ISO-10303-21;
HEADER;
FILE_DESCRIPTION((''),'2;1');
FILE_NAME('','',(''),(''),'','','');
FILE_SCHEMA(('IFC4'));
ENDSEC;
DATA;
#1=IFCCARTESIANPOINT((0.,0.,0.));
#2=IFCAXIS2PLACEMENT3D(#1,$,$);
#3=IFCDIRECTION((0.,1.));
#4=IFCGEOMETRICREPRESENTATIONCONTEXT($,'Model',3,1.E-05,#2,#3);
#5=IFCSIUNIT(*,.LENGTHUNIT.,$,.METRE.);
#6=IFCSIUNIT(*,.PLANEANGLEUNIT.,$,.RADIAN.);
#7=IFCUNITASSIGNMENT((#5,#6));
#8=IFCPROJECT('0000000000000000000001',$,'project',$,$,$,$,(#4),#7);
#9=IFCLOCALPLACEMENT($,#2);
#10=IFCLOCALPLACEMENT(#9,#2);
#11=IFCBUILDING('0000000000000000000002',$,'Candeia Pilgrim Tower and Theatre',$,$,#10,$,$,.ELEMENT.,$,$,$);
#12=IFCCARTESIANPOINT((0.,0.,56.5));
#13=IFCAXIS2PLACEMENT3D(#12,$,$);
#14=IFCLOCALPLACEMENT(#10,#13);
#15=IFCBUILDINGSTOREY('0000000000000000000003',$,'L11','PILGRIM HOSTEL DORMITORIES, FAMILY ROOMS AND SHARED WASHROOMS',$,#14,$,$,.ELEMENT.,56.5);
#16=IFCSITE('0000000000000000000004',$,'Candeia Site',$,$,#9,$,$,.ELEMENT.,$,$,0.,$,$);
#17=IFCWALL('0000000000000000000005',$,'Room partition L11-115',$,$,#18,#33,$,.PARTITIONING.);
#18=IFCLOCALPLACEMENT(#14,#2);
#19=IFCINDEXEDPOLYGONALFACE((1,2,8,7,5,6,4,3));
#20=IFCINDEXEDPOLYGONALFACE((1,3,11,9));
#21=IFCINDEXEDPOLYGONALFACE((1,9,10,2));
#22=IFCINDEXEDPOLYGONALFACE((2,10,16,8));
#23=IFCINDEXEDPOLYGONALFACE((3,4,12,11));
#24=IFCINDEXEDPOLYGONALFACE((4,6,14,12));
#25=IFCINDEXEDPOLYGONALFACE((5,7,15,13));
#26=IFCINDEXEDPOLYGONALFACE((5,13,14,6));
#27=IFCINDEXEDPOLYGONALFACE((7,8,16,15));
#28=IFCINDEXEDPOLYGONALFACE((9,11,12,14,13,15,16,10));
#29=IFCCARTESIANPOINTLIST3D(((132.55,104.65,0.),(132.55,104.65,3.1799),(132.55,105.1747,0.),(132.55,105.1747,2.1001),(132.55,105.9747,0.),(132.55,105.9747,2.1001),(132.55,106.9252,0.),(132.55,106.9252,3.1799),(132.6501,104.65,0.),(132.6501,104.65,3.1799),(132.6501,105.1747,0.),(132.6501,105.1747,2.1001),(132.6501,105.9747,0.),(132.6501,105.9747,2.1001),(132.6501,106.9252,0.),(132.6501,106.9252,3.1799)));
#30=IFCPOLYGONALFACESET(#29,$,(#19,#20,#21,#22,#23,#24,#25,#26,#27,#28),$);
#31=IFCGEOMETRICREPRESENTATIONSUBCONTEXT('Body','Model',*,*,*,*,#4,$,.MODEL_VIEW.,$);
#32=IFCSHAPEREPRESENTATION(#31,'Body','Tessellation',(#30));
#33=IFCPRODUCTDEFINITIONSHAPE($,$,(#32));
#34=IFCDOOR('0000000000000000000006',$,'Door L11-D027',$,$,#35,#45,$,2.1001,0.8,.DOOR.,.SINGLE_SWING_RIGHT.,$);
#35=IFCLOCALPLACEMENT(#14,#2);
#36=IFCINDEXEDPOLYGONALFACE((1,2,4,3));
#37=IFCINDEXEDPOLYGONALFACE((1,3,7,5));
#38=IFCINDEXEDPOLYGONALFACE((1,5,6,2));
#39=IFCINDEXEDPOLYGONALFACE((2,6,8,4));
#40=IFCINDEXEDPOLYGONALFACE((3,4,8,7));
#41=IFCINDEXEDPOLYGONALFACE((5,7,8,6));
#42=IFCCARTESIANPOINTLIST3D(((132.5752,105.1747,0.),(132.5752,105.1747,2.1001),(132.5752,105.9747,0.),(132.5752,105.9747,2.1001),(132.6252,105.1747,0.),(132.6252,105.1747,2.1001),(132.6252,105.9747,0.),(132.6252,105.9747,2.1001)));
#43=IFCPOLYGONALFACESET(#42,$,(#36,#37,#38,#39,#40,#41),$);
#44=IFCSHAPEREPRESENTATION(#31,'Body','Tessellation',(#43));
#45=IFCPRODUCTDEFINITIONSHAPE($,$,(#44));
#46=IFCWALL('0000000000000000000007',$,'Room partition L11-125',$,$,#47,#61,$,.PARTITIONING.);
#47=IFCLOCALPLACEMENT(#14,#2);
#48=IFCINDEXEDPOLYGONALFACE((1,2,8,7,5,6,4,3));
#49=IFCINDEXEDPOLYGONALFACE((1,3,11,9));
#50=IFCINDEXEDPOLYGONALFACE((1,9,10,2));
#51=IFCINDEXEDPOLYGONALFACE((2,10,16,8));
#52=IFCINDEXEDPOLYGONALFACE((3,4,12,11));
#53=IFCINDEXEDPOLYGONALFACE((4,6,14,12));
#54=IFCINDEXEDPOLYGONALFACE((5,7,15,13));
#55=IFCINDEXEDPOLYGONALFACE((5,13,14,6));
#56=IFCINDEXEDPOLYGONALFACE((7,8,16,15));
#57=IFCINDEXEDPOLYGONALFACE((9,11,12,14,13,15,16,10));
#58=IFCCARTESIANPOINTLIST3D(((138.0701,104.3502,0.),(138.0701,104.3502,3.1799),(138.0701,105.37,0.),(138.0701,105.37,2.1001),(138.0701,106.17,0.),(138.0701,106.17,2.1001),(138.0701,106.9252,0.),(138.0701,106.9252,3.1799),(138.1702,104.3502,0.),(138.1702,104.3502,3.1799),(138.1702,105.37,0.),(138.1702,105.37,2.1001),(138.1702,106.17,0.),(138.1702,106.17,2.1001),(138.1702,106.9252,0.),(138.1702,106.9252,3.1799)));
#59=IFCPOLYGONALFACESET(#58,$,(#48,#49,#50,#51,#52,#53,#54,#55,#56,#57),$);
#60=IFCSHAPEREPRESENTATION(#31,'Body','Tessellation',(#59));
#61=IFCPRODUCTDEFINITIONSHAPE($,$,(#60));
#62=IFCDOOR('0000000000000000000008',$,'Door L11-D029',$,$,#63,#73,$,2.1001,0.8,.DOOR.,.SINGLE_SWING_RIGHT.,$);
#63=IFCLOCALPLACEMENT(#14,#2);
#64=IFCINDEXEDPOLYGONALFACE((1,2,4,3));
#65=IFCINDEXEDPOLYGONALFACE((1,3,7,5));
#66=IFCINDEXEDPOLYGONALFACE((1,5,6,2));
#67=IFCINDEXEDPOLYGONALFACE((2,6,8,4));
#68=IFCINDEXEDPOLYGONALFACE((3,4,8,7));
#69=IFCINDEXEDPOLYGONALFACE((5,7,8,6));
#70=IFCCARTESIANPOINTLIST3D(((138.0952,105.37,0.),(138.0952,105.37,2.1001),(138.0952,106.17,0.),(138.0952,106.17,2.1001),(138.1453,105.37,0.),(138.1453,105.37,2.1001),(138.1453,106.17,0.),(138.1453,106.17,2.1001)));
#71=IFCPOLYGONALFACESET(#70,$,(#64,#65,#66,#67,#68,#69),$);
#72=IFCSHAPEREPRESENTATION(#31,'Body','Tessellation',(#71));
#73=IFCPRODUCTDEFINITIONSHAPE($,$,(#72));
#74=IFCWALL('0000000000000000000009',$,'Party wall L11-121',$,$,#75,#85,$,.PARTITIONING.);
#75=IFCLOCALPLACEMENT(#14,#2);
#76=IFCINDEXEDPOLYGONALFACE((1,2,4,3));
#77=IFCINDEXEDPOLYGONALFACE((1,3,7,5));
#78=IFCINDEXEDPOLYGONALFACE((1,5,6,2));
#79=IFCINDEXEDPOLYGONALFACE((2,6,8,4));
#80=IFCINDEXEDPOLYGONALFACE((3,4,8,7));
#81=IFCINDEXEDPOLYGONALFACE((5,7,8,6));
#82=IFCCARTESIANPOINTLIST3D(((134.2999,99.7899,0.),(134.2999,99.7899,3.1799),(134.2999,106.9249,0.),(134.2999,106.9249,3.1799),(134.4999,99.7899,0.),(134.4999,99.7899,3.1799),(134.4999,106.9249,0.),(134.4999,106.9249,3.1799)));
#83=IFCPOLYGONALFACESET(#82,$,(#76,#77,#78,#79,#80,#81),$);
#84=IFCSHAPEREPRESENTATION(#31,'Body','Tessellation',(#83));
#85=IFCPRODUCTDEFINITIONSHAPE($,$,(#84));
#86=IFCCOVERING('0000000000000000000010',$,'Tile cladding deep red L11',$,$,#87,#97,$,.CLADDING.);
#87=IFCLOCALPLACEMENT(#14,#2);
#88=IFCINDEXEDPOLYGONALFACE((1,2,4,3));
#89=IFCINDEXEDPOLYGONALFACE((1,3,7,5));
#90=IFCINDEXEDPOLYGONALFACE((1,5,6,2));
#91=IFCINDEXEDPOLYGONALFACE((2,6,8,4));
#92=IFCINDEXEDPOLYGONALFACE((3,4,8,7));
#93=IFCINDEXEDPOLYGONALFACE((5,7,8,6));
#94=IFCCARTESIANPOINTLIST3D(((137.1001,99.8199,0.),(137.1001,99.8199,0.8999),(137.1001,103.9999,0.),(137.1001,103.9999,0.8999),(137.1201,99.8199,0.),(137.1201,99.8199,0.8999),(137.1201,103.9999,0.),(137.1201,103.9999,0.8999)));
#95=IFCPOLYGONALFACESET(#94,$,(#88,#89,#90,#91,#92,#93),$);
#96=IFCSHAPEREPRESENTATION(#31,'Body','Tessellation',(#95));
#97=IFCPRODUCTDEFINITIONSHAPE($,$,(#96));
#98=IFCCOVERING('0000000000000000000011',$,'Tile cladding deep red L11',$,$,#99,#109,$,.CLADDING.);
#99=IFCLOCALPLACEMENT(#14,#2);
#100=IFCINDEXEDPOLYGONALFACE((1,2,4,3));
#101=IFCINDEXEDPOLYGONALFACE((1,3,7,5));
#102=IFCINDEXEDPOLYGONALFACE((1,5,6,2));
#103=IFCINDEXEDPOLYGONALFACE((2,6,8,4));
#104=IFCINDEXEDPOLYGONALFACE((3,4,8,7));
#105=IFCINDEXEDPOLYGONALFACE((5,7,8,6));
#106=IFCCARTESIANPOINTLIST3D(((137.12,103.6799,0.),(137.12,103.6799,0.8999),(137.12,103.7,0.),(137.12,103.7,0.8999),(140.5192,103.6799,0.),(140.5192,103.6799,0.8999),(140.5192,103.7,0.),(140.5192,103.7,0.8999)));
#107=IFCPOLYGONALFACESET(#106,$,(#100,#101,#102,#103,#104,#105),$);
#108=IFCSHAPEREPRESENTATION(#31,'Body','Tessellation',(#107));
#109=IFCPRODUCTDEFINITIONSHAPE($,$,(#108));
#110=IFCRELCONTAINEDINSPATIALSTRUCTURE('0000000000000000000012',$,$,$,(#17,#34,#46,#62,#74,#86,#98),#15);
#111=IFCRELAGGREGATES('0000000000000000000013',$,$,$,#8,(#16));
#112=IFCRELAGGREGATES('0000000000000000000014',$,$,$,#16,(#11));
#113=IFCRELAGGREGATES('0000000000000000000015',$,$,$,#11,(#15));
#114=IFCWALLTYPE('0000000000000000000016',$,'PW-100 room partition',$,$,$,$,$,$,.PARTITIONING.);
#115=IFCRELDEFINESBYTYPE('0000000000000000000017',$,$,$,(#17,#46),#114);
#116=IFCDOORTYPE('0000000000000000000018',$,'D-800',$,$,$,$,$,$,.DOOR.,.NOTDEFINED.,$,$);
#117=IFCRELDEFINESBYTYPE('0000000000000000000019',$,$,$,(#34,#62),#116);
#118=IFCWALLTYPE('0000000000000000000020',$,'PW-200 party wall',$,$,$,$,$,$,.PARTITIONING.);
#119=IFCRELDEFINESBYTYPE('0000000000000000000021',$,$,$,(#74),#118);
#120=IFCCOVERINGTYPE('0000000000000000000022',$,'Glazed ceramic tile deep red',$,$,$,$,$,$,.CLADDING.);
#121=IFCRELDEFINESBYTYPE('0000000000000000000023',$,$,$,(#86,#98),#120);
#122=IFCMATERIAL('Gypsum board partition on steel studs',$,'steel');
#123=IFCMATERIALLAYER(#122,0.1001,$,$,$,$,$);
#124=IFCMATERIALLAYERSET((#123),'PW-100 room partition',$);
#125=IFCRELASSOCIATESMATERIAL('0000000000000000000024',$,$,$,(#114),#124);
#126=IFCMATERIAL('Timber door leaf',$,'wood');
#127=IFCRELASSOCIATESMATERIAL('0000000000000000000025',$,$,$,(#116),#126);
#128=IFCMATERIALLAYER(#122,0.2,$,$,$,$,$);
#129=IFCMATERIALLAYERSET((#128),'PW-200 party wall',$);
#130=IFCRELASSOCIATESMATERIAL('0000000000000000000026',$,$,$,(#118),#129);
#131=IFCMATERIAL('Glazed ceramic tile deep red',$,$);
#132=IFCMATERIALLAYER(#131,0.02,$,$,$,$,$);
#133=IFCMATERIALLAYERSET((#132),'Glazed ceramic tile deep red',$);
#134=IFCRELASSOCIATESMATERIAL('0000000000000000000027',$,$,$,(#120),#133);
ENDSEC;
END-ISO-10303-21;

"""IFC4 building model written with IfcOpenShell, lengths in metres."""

from ifc_helpers import new_model, si_unit, direction, frame, frame_2d, origin, origin_2d, place, context, subcontext, project, spatial, rectangle, extrude, material, layer, layer_set, type_object, element, fill, save


model = new_model("IFC4")

# Units and contexts
model_context = context("Model", 3, precision=1e-05, world=origin(), true_north=direction((0.0, 1.0)))
body_context = subcontext(model_context, "Body", "Model", "MODEL_VIEW")
ifc_project = project(units=[si_unit("LENGTHUNIT", "METRE"), si_unit("PLANEANGLEUNIT", "RADIAN")], contexts=[model_context])

# Site, building, storey
site_placement = place(None, origin())
site = spatial("IfcSite", under=ifc_project, at=site_placement, Name="Candeia Site", CompositionType="ELEMENT", RefElevation=0.0)
building_placement = place(site_placement, origin())
building = spatial("IfcBuilding", under=site, at=building_placement, Name="Candeia Pilgrim Tower and Theatre", CompositionType="ELEMENT")
storey_placement = place(building_placement, frame((0.0, 0.0, 56.5)))
storey = spatial("IfcBuildingStorey", under=building, at=storey_placement, Name="L11", Description="PILGRIM HOSTEL DORMITORIES, FAMILY ROOMS AND SHARED WASHROOMS", CompositionType="ELEMENT", Elevation=56.5)

# Shared definitions
ifc_material_1 = material(Name="Gypsum board partition on steel studs", Category="steel")
ifc_layer_1 = layer(ifc_material_1, 0.1001)
ifc_layer_set_1 = layer_set([ifc_layer_1], Name="PW-100 room partition")
wall_type_1 = type_object("IfcWallType", Name="PW-100 room partition", PredefinedType="PARTITIONING", material=ifc_layer_set_1)

# Walls, openings, doors
wall_1_placement = place(storey_placement, frame((132.6001, 104.6499, 0.0), z_axis=(0.0, 0.0, 1.0), x_axis=(0.0, 1.0, 0.0)))
wall_1 = element("IfcWall", 1, at=wall_1_placement, inside=storey, type_object=wall_type_1, Name="Room partition L11-115", PredefinedType="PARTITIONING", context=body_context, shape_type="SweptSolid", body=[
    extrude(rectangle(XDim=2.2751, YDim=0.1001, at=frame_2d((1.1377, 0.0))), origin(), (0.0, 0.0, 1.0), 3.1799),
])
opening_1_placement = place(wall_1_placement, frame((0.5249, 0.0, 0.0)))
opening_1 = element("IfcOpeningElement", 2, at=opening_1_placement, cuts=wall_1, PredefinedType="OPENING", context=body_context, shape_type="SweptSolid", body=[
    extrude(rectangle(XDim=0.8, YDim=2.1001, at=frame_2d((0.3999, 1.05))), frame((0.0, 0.0601, 0.0), z_axis=(0.0, -1.0, 0.0), x_axis=(1.0, 0.0, 0.0)), (0.0, 0.0, 1.0), 0.1201),
])
ifc_material_2 = material(Name="Timber door leaf", Category="wood")
door_type_1 = type_object("IfcDoorType", Name="D-800", OperationType="NOTDEFINED", PredefinedType="DOOR", material=ifc_material_2)
door_1_placement = place(opening_1_placement, origin())
door_1 = element("IfcDoor", 3, at=door_1_placement, inside=storey, type_object=door_type_1, Name="Door L11-D027", OperationType="SINGLE_SWING_RIGHT", OverallHeight=2.1001, OverallWidth=0.8, PredefinedType="DOOR", context=body_context, shape_type="SweptSolid", body=[
    extrude(rectangle(XDim=0.8, YDim=2.1001, at=frame_2d((0.3999, 1.05))), frame((0.0, 0.0249, 0.0), z_axis=(0.0, -1.0, 0.0), x_axis=(1.0, 0.0, 0.0)), (0.0, 0.0, 1.0), 0.05),
])
fill(opening_1, door_1)
wall_2_placement = place(storey_placement, frame((138.1201, 104.3501, 0.0), z_axis=(0.0, 0.0, 1.0), x_axis=(0.0, 1.0, 0.0)))
wall_2 = element("IfcWall", 4, at=wall_2_placement, inside=storey, type_object=wall_type_1, Name="Room partition L11-125", PredefinedType="PARTITIONING", context=body_context, shape_type="SweptSolid", body=[
    extrude(rectangle(XDim=2.575, YDim=0.1001, at=frame_2d((1.2876, 0.0))), origin(), (0.0, 0.0, 1.0), 3.1799),
])
opening_2_placement = place(wall_2_placement, frame((1.02, 0.0, 0.0)))
opening_2 = element("IfcOpeningElement", 5, at=opening_2_placement, cuts=wall_2, PredefinedType="OPENING", context=body_context, shape_type="SweptSolid", body=[
    extrude(rectangle(XDim=0.8, YDim=2.1001, at=frame_2d((0.3999, 1.05))), frame((0.0, 0.0601, 0.0), z_axis=(0.0, -1.0, 0.0), x_axis=(1.0, 0.0, 0.0)), (0.0, 0.0, 1.0), 0.1201),
])
door_2_placement = place(opening_2_placement, origin())
door_2 = element("IfcDoor", 6, at=door_2_placement, inside=storey, type_object=door_type_1, Name="Door L11-D029", OperationType="SINGLE_SWING_RIGHT", OverallHeight=2.1001, OverallWidth=0.8, PredefinedType="DOOR", context=body_context, shape_type="SweptSolid", body=[
    extrude(rectangle(XDim=0.8, YDim=2.1001, at=frame_2d((0.3999, 1.05))), frame((0.0, 0.0249, 0.0), z_axis=(0.0, -1.0, 0.0), x_axis=(1.0, 0.0, 0.0)), (0.0, 0.0, 1.0), 0.05),
])
fill(opening_2, door_2)

# Wall
ifc_layer_2 = layer(ifc_material_1, 0.2)
ifc_layer_set_2 = layer_set([ifc_layer_2], Name="PW-200 party wall")
wall_type_2 = type_object("IfcWallType", Name="PW-200 party wall", PredefinedType="PARTITIONING", material=ifc_layer_set_2)
wall_3_placement = place(storey_placement, frame((134.3999, 99.79, 0.0), z_axis=(0.0, 0.0, 1.0), x_axis=(0.0, 1.0, 0.0)))
element("IfcWall", 7, at=wall_3_placement, inside=storey, type_object=wall_type_2, Name="Party wall L11-121", PredefinedType="PARTITIONING", context=body_context, shape_type="SweptSolid", body=[
    extrude(rectangle(XDim=7.135, YDim=0.2, at=frame_2d((3.5674, 0.0))), origin(), (0.0, 0.0, 1.0), 3.1799),
])

# Coverings
ifc_material_3 = material(Name="Glazed ceramic tile deep red")
ifc_layer_3 = layer(ifc_material_3, 0.02)
ifc_layer_set_3 = layer_set([ifc_layer_3], Name="Glazed ceramic tile deep red")
covering_type = type_object("IfcCoveringType", Name="Glazed ceramic tile deep red", PredefinedType="CLADDING", material=ifc_layer_set_3)
covering_1_placement = place(storey_placement, frame((137.1101, 101.9099, 0.0), z_axis=(0.0, 0.0, 1.0), x_axis=(0.0, 1.0, 0.0)))
element("IfcCovering", 8, at=covering_1_placement, inside=storey, type_object=covering_type, Name="Tile cladding deep red L11", PredefinedType="CLADDING", context=body_context, shape_type="SweptSolid", body=[
    extrude(rectangle(XDim=4.1799, YDim=0.02, at=origin_2d()), origin(), (0.0, 0.0, 1.0), 0.8999),
])
covering_2_placement = place(storey_placement, frame((138.8196, 103.6899, 0.0), z_axis=(0.0, 0.0, 1.0), x_axis=(1.0, 0.0, 0.0)))
element("IfcCovering", 9, at=covering_2_placement, inside=storey, type_object=covering_type, Name="Tile cladding deep red L11", PredefinedType="CLADDING", context=body_context, shape_type="SweptSolid", body=[
    extrude(rectangle(XDim=3.3992, YDim=0.02, at=origin_2d()), origin(), (0.0, 0.0, 1.0), 0.8999),
])

save(model, "model.ifc")
